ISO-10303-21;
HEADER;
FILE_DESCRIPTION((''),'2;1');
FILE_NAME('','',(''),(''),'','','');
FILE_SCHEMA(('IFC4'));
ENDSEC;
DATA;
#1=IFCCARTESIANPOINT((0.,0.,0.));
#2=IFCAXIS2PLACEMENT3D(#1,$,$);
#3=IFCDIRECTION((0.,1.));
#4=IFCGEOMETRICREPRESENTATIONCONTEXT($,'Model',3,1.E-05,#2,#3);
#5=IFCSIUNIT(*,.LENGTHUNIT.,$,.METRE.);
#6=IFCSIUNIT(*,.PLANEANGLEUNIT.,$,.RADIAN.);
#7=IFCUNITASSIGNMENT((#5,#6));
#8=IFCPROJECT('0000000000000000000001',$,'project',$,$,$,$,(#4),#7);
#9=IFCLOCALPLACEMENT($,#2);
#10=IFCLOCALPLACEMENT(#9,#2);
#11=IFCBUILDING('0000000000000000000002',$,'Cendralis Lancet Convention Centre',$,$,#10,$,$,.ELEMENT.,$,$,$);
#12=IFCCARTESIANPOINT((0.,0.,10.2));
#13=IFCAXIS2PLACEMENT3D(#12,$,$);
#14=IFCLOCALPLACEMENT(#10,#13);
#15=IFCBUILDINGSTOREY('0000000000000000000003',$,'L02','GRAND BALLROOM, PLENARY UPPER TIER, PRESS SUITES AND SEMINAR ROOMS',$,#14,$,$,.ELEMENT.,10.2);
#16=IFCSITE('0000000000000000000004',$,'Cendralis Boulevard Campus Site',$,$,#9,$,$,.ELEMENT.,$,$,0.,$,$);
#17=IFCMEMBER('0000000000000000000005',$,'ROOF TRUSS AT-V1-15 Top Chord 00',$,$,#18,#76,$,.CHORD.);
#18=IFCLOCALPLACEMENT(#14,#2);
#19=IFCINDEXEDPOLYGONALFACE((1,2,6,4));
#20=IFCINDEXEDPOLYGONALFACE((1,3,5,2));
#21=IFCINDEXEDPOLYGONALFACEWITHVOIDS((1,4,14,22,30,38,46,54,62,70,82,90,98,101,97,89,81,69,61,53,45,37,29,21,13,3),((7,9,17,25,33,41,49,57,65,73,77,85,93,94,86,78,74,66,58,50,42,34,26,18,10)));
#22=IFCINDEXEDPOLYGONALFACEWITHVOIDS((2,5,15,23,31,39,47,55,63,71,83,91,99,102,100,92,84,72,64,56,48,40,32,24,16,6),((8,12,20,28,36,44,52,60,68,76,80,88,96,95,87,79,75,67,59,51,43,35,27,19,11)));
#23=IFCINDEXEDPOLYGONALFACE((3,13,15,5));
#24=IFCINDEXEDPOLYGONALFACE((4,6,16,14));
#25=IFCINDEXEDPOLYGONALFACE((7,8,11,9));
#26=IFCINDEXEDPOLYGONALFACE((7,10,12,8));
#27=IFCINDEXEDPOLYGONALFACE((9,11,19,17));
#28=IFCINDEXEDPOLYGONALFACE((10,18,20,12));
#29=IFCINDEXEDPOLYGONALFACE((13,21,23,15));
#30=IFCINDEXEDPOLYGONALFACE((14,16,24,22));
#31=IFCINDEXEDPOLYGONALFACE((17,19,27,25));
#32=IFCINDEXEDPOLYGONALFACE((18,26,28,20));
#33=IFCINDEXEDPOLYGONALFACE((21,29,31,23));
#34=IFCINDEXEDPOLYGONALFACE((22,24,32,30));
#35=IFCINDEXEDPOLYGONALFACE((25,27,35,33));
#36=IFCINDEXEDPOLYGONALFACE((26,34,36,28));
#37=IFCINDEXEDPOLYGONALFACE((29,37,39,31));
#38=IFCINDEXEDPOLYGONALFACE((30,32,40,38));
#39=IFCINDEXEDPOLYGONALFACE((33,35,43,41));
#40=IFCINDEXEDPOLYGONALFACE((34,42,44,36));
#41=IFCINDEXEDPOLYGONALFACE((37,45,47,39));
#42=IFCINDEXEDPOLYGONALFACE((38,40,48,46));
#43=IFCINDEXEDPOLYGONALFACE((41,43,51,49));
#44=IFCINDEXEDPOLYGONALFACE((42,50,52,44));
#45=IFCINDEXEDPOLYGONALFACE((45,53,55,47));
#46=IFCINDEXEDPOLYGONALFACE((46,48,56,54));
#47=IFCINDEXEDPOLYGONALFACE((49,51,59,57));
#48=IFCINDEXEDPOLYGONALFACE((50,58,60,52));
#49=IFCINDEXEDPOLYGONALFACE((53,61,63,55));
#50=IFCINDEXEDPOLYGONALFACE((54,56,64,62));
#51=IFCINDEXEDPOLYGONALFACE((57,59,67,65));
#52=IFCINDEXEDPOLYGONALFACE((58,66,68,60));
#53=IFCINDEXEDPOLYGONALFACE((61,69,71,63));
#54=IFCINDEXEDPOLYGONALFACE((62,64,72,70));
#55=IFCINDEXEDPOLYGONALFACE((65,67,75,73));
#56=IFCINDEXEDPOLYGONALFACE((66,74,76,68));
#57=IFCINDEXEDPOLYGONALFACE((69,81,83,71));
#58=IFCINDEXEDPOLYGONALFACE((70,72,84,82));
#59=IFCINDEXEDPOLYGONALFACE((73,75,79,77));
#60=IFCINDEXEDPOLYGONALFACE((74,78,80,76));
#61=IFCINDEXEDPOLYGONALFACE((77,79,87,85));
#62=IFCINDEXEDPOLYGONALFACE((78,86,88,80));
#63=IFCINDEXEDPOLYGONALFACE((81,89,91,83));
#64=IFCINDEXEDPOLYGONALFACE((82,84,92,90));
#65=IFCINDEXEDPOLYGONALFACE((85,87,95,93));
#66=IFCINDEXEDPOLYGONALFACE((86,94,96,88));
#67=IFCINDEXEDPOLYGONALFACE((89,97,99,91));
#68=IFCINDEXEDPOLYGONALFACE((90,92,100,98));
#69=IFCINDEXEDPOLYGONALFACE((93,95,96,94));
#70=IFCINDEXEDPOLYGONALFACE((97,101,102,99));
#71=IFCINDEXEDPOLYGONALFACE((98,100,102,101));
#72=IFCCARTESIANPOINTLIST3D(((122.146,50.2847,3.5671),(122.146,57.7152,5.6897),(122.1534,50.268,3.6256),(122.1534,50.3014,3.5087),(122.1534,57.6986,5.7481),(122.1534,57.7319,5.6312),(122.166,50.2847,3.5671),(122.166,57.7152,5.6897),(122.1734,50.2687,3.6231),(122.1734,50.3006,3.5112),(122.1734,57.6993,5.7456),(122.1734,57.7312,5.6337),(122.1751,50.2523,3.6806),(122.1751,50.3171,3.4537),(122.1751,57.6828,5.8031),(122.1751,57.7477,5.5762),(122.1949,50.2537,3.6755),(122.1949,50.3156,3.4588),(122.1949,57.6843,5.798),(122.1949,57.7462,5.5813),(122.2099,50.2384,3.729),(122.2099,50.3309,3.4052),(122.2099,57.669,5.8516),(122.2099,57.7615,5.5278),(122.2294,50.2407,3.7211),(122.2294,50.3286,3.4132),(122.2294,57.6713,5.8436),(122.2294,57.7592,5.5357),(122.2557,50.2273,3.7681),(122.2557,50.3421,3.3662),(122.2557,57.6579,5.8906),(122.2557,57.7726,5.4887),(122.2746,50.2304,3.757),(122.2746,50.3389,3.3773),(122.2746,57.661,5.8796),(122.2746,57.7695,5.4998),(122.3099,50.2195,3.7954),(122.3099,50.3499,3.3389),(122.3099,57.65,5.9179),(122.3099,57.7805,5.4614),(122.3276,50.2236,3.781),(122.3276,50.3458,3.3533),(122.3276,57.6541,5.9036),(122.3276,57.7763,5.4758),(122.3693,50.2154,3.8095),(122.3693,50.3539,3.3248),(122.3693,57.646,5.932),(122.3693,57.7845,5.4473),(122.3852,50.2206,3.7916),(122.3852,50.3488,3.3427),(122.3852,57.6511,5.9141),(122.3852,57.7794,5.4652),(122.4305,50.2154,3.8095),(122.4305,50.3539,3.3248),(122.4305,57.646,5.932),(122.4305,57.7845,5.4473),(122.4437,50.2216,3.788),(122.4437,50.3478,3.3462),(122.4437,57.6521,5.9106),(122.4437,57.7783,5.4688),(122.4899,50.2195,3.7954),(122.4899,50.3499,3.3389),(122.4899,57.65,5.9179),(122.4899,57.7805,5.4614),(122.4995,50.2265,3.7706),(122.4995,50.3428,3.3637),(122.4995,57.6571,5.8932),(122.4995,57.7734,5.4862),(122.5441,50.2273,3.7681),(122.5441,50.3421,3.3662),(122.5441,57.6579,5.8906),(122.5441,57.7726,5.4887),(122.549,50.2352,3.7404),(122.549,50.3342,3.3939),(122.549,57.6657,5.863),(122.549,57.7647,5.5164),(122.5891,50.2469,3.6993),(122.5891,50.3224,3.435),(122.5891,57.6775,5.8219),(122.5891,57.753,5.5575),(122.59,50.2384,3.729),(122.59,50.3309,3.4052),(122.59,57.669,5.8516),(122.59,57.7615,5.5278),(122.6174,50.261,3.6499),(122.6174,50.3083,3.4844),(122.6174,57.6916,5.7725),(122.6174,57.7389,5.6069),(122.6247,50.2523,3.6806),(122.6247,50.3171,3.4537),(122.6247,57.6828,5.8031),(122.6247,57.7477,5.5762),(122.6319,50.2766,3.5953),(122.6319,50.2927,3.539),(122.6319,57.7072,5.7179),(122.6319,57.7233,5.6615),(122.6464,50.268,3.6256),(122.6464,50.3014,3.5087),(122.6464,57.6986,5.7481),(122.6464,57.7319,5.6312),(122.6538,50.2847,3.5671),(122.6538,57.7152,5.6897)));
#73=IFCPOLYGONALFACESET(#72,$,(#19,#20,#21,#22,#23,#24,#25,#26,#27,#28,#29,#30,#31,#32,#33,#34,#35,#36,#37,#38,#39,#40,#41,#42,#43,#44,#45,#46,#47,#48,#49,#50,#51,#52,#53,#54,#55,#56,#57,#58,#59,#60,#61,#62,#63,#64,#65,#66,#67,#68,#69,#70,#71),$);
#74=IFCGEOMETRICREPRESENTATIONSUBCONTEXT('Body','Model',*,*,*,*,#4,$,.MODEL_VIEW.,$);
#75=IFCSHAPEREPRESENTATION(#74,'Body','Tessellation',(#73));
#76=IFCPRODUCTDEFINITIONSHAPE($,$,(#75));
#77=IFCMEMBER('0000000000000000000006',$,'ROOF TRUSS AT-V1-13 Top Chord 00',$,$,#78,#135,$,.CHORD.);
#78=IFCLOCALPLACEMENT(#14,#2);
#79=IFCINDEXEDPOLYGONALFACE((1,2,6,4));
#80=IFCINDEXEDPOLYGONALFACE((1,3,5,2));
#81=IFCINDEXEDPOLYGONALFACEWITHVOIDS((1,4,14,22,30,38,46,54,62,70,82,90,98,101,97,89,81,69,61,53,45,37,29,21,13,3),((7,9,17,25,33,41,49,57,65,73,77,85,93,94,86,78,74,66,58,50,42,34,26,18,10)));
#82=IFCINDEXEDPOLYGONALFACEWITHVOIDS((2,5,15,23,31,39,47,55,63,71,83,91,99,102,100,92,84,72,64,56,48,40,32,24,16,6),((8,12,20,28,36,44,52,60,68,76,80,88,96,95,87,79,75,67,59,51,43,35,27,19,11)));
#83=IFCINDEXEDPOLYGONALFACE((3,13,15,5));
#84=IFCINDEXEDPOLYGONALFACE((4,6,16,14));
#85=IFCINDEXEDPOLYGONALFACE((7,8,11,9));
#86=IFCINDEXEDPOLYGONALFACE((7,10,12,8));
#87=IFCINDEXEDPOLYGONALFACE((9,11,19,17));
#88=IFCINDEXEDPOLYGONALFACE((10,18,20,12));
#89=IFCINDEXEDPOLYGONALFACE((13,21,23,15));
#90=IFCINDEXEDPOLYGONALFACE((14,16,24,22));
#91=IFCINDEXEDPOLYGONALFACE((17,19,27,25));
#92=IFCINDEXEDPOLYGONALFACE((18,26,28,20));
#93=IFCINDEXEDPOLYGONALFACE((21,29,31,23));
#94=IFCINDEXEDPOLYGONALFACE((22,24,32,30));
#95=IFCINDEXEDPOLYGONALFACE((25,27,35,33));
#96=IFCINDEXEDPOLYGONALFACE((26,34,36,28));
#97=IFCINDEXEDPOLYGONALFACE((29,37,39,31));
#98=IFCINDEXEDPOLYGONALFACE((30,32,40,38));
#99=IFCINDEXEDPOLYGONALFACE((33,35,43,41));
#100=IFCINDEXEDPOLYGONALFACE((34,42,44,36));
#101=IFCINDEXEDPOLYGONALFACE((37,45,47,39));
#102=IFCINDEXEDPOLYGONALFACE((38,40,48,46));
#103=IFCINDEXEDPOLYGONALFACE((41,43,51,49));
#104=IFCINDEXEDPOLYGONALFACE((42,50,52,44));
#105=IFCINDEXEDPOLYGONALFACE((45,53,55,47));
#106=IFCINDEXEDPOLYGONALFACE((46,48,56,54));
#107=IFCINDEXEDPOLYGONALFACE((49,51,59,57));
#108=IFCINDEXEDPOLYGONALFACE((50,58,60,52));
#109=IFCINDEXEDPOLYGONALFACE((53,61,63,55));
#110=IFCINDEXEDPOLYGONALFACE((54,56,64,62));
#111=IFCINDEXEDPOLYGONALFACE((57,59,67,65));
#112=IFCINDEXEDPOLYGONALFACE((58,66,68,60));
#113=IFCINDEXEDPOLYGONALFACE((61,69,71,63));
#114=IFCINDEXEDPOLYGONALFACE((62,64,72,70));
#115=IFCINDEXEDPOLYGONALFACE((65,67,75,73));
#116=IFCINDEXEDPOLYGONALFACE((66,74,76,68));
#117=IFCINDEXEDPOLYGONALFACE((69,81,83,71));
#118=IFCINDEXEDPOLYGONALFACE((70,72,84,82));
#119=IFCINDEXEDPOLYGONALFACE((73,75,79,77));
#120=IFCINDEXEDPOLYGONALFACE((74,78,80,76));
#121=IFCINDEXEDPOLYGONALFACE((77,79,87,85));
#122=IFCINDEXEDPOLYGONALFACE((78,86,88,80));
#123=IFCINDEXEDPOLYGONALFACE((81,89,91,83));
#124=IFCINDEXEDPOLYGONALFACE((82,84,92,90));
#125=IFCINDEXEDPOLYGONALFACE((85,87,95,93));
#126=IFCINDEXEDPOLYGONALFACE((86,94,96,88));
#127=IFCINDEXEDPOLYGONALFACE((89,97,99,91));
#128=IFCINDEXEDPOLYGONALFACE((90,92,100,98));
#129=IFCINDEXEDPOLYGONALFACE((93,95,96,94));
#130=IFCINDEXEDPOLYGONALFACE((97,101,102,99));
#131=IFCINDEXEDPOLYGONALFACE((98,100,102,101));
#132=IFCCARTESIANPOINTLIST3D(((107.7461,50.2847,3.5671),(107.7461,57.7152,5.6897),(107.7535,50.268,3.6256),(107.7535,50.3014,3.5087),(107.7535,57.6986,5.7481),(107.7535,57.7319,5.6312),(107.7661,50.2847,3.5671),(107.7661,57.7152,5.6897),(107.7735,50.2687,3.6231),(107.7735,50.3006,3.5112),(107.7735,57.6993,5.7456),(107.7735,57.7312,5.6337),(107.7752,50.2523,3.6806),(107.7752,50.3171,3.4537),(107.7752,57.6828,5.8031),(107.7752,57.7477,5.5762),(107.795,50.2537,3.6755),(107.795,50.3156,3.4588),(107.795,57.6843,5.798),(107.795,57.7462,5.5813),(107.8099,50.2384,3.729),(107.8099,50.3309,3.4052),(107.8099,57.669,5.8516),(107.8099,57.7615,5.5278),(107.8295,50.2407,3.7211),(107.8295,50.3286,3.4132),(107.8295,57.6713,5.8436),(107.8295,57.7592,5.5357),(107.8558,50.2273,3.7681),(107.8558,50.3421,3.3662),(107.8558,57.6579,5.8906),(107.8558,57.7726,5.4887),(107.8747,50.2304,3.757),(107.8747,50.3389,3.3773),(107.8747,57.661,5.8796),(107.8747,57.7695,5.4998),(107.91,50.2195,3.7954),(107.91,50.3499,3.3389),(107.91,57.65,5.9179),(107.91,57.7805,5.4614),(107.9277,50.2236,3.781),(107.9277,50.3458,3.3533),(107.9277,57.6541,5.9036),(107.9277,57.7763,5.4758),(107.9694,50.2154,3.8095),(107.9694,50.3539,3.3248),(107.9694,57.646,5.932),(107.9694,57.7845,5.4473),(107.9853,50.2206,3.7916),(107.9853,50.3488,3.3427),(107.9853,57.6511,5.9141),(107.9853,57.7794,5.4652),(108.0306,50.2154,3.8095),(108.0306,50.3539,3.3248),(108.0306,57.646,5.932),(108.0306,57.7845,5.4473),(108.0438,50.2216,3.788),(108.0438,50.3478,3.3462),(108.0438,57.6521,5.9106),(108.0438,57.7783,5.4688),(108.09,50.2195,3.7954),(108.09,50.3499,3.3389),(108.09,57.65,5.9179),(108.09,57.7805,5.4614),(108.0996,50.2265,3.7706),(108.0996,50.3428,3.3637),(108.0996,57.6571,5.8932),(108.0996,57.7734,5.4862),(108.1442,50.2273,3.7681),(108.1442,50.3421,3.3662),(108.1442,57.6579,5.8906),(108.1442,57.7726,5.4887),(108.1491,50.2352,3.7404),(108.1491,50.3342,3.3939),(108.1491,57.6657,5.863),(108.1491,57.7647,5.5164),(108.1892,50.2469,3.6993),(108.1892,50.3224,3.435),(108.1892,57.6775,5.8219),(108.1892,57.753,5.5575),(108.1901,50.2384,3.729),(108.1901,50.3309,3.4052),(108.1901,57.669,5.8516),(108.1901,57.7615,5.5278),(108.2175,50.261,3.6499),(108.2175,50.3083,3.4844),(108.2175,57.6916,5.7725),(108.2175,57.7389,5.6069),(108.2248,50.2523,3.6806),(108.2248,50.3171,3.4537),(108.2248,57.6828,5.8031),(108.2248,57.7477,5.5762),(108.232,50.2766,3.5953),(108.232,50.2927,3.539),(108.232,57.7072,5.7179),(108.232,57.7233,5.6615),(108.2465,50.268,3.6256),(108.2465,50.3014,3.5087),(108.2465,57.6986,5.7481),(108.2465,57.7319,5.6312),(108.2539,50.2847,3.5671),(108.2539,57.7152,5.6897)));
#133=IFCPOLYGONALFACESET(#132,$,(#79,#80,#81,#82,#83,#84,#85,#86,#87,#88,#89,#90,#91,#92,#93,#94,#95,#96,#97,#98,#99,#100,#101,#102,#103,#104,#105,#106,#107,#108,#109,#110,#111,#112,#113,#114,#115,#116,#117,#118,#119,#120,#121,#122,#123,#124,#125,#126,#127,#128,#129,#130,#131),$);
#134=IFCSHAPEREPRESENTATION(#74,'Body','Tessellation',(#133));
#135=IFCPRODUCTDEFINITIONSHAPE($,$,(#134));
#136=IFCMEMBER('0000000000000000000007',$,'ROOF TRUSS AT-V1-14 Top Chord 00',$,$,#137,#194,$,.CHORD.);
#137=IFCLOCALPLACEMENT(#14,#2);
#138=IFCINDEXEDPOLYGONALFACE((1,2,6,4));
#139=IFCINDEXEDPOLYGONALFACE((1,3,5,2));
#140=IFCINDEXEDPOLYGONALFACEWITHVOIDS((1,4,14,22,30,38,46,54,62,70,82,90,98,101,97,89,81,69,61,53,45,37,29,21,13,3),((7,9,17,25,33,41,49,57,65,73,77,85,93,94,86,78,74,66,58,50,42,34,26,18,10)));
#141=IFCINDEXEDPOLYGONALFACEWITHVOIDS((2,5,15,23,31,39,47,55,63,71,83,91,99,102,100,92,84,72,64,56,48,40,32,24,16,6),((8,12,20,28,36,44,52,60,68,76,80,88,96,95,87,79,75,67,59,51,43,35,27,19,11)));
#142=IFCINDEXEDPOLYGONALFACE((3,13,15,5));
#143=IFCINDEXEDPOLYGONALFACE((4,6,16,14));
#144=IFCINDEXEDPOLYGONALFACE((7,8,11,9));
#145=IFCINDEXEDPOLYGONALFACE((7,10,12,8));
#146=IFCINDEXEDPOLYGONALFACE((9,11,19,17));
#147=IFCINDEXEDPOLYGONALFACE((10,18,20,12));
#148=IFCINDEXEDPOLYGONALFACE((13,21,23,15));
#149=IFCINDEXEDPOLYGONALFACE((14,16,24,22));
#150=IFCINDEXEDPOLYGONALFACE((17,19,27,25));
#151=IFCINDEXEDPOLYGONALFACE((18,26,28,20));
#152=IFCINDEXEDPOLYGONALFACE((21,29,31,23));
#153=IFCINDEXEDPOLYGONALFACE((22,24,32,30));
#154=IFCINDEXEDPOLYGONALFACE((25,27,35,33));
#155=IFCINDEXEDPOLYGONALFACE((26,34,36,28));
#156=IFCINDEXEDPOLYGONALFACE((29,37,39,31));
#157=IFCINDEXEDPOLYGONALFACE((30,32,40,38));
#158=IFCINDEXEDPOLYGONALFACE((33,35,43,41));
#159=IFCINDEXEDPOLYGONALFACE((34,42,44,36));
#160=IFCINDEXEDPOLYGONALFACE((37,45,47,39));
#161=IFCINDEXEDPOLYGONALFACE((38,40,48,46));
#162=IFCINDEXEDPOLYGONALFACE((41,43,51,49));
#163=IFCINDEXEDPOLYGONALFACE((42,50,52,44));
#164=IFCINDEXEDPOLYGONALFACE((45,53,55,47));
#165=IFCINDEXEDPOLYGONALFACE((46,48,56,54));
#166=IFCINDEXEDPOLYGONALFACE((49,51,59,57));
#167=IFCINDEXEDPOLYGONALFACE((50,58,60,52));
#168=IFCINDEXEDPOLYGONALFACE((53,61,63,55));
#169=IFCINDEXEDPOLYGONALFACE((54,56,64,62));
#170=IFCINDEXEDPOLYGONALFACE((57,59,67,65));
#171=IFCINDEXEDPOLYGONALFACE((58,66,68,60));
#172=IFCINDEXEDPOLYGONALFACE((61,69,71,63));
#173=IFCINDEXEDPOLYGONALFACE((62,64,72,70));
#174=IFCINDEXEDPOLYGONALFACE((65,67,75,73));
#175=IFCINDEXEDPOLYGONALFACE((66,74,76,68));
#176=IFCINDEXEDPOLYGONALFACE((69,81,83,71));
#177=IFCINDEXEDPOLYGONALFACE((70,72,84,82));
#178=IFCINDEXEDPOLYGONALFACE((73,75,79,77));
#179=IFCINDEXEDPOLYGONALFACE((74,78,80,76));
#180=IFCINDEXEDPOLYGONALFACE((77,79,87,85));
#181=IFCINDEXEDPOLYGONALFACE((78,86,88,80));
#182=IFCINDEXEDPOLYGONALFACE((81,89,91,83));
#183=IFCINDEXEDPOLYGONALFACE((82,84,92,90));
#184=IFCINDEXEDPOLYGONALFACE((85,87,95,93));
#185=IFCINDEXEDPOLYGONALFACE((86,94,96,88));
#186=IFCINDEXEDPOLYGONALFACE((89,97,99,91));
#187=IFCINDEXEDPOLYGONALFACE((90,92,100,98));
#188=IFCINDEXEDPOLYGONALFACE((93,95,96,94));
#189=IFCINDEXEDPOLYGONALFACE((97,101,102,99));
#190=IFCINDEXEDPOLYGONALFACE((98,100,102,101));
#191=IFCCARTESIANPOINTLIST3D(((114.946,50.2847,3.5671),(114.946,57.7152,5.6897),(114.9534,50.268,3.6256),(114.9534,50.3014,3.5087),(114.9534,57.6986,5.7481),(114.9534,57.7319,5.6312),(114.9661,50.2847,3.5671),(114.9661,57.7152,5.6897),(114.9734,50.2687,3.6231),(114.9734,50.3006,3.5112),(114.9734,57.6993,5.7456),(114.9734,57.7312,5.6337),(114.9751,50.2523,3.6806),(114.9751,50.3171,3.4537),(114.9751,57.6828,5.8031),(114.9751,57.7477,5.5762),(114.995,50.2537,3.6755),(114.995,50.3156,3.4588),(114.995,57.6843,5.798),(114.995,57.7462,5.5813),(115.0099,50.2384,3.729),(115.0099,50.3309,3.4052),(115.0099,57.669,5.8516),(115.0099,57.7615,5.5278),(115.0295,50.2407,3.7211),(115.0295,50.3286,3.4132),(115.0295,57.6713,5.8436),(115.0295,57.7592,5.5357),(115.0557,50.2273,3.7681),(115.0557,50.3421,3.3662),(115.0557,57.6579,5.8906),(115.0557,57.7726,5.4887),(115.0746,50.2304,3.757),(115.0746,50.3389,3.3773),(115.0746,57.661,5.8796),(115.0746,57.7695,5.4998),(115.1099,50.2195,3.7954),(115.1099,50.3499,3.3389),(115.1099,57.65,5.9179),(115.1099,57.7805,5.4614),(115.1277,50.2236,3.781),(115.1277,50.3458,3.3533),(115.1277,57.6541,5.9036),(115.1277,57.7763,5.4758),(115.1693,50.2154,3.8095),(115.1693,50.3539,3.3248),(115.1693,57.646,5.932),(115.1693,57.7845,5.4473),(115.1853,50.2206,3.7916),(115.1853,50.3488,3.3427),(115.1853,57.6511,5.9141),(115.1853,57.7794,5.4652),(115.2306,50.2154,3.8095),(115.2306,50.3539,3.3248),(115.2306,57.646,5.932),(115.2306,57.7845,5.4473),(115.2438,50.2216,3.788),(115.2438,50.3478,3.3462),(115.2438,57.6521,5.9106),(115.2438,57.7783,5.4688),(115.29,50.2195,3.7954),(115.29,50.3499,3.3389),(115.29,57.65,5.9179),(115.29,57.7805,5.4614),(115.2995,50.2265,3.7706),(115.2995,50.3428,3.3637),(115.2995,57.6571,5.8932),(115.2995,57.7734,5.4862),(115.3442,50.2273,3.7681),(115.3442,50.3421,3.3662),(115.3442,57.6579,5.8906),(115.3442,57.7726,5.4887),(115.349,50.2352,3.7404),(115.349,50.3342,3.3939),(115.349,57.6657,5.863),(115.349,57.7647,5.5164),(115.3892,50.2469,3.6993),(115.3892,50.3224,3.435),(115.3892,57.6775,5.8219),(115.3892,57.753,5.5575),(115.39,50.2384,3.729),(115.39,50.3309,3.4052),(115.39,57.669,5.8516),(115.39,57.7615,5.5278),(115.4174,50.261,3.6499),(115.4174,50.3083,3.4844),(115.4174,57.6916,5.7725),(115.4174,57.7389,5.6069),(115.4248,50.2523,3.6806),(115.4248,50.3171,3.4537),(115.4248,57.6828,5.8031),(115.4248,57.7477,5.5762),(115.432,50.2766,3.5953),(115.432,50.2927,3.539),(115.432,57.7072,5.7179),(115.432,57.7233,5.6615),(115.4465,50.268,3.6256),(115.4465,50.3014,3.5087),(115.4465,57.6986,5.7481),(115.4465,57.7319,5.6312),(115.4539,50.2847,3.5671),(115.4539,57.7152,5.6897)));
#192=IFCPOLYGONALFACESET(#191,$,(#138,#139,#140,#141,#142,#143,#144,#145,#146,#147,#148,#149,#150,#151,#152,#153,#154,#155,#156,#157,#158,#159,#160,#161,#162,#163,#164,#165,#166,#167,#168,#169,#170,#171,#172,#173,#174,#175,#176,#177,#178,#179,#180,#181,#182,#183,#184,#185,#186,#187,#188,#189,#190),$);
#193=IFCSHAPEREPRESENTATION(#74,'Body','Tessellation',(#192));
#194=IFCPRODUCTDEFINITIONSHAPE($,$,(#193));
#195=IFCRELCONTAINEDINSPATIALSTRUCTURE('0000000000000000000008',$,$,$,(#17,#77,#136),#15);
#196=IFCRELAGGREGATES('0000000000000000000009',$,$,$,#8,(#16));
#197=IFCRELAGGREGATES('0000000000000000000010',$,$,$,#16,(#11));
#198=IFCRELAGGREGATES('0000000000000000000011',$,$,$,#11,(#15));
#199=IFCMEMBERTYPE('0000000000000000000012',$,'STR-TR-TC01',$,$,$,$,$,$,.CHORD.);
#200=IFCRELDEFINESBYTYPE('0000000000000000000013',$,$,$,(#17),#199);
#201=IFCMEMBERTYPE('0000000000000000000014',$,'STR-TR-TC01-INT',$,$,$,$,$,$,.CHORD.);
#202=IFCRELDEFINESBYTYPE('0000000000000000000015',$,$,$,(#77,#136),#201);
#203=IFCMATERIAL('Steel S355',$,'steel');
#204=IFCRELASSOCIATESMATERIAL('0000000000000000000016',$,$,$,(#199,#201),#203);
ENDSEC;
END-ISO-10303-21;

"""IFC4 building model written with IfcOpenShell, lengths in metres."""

from ifc_helpers import new_model, si_unit, direction, frame, origin, origin_2d, place, context, subcontext, project, spatial, hollow_circle, extrude, material, material_profile, profile_set, type_object, element, save


model = new_model("IFC4")

# Units and contexts
model_context = context("Model", 3, precision=1e-05, world=origin(), true_north=direction((0.0, 1.0)))
body_context = subcontext(model_context, "Body", "Model", "MODEL_VIEW")
ifc_project = project(units=[si_unit("LENGTHUNIT", "METRE"), si_unit("PLANEANGLEUNIT", "RADIAN")], contexts=[model_context])

# Site, building, storey
site_placement = place(None, origin())
site = spatial("IfcSite", under=ifc_project, at=site_placement, Name="Cendralis Boulevard Campus Site", CompositionType="ELEMENT", RefElevation=0.0)
building_placement = place(site_placement, origin())
building = spatial("IfcBuilding", under=site, at=building_placement, Name="Cendralis Lancet Convention Centre", CompositionType="ELEMENT")
storey_placement = place(building_placement, frame((0.0, 0.0, 10.2)))
storey = spatial("IfcBuildingStorey", under=building, at=storey_placement, Name="L02", Description="GRAND BALLROOM, PLENARY UPPER TIER, PRESS SUITES AND SEMINAR ROOMS", CompositionType="ELEMENT", Elevation=10.2)

# Shared definitions
ifc_material_1 = material(Name="Steel S355", Category="steel")

# Members
ifc_material_profile_1 = material_profile(ifc_material_1, hollow_circle(Radius=0.2539, WallThickness=0.02, at=origin_2d()), Name="CHS 508.0x20.0")
ifc_profile_set_1 = profile_set([ifc_material_profile_1], Name="Steel S355")
member_type_1 = type_object("IfcMemberType", Name="STR-TR-TC01", PredefinedType="CHORD", material=ifc_profile_set_1)
member_1_placement = place(storey_placement, frame((122.3999, 50.2847, 3.5671), z_axis=(0.0, 0.961541, 0.274663), x_axis=(-1.0, 0.0, 0.0)))
element("IfcMember", 1, at=member_1_placement, inside=storey, type_object=member_type_1, Name="ROOF TRUSS AT-V1-15 Top Chord 00", PredefinedType="CHORD", context=body_context, shape_type="SweptSolid", body=[
    extrude(hollow_circle(Radius=0.2539, WallThickness=0.02, at=origin_2d()), origin(), (0.0, 0.0, 1.0), 7.7278),
])
ifc_material_profile_2 = material_profile(ifc_material_1, hollow_circle(Radius=0.2539, WallThickness=0.02, at=origin_2d()), Name="CHS 508.0x20.0")
ifc_profile_set_2 = profile_set([ifc_material_profile_2], Name="Steel S355")
member_type_2 = type_object("IfcMemberType", Name="STR-TR-TC01-INT", PredefinedType="CHORD", material=ifc_profile_set_2)
for number, where, z_axis, x_axis, name in (
    (2, (108.0, 50.2847, 3.5671), (0.0, 0.961541, 0.274663), (-1.0, 0.0, 0.0), "ROOF TRUSS AT-V1-13 Top Chord 00"),
    (3, (115.2, 50.2847, 3.5671), (0.0, 0.961541, 0.274663), (-1.0, 0.0, 0.0), "ROOF TRUSS AT-V1-14 Top Chord 00"),
):
    element("IfcMember", number, at=place(storey_placement, frame(where, z_axis=z_axis, x_axis=x_axis)), inside=storey, type_object=member_type_2, Name=name, PredefinedType="CHORD", context=body_context, shape_type="SweptSolid", body=[
        extrude(hollow_circle(Radius=0.2539, WallThickness=0.02, at=origin_2d()), origin(), (0.0, 0.0, 1.0), 7.7278),
    ])

save(model, "model.ifc")
